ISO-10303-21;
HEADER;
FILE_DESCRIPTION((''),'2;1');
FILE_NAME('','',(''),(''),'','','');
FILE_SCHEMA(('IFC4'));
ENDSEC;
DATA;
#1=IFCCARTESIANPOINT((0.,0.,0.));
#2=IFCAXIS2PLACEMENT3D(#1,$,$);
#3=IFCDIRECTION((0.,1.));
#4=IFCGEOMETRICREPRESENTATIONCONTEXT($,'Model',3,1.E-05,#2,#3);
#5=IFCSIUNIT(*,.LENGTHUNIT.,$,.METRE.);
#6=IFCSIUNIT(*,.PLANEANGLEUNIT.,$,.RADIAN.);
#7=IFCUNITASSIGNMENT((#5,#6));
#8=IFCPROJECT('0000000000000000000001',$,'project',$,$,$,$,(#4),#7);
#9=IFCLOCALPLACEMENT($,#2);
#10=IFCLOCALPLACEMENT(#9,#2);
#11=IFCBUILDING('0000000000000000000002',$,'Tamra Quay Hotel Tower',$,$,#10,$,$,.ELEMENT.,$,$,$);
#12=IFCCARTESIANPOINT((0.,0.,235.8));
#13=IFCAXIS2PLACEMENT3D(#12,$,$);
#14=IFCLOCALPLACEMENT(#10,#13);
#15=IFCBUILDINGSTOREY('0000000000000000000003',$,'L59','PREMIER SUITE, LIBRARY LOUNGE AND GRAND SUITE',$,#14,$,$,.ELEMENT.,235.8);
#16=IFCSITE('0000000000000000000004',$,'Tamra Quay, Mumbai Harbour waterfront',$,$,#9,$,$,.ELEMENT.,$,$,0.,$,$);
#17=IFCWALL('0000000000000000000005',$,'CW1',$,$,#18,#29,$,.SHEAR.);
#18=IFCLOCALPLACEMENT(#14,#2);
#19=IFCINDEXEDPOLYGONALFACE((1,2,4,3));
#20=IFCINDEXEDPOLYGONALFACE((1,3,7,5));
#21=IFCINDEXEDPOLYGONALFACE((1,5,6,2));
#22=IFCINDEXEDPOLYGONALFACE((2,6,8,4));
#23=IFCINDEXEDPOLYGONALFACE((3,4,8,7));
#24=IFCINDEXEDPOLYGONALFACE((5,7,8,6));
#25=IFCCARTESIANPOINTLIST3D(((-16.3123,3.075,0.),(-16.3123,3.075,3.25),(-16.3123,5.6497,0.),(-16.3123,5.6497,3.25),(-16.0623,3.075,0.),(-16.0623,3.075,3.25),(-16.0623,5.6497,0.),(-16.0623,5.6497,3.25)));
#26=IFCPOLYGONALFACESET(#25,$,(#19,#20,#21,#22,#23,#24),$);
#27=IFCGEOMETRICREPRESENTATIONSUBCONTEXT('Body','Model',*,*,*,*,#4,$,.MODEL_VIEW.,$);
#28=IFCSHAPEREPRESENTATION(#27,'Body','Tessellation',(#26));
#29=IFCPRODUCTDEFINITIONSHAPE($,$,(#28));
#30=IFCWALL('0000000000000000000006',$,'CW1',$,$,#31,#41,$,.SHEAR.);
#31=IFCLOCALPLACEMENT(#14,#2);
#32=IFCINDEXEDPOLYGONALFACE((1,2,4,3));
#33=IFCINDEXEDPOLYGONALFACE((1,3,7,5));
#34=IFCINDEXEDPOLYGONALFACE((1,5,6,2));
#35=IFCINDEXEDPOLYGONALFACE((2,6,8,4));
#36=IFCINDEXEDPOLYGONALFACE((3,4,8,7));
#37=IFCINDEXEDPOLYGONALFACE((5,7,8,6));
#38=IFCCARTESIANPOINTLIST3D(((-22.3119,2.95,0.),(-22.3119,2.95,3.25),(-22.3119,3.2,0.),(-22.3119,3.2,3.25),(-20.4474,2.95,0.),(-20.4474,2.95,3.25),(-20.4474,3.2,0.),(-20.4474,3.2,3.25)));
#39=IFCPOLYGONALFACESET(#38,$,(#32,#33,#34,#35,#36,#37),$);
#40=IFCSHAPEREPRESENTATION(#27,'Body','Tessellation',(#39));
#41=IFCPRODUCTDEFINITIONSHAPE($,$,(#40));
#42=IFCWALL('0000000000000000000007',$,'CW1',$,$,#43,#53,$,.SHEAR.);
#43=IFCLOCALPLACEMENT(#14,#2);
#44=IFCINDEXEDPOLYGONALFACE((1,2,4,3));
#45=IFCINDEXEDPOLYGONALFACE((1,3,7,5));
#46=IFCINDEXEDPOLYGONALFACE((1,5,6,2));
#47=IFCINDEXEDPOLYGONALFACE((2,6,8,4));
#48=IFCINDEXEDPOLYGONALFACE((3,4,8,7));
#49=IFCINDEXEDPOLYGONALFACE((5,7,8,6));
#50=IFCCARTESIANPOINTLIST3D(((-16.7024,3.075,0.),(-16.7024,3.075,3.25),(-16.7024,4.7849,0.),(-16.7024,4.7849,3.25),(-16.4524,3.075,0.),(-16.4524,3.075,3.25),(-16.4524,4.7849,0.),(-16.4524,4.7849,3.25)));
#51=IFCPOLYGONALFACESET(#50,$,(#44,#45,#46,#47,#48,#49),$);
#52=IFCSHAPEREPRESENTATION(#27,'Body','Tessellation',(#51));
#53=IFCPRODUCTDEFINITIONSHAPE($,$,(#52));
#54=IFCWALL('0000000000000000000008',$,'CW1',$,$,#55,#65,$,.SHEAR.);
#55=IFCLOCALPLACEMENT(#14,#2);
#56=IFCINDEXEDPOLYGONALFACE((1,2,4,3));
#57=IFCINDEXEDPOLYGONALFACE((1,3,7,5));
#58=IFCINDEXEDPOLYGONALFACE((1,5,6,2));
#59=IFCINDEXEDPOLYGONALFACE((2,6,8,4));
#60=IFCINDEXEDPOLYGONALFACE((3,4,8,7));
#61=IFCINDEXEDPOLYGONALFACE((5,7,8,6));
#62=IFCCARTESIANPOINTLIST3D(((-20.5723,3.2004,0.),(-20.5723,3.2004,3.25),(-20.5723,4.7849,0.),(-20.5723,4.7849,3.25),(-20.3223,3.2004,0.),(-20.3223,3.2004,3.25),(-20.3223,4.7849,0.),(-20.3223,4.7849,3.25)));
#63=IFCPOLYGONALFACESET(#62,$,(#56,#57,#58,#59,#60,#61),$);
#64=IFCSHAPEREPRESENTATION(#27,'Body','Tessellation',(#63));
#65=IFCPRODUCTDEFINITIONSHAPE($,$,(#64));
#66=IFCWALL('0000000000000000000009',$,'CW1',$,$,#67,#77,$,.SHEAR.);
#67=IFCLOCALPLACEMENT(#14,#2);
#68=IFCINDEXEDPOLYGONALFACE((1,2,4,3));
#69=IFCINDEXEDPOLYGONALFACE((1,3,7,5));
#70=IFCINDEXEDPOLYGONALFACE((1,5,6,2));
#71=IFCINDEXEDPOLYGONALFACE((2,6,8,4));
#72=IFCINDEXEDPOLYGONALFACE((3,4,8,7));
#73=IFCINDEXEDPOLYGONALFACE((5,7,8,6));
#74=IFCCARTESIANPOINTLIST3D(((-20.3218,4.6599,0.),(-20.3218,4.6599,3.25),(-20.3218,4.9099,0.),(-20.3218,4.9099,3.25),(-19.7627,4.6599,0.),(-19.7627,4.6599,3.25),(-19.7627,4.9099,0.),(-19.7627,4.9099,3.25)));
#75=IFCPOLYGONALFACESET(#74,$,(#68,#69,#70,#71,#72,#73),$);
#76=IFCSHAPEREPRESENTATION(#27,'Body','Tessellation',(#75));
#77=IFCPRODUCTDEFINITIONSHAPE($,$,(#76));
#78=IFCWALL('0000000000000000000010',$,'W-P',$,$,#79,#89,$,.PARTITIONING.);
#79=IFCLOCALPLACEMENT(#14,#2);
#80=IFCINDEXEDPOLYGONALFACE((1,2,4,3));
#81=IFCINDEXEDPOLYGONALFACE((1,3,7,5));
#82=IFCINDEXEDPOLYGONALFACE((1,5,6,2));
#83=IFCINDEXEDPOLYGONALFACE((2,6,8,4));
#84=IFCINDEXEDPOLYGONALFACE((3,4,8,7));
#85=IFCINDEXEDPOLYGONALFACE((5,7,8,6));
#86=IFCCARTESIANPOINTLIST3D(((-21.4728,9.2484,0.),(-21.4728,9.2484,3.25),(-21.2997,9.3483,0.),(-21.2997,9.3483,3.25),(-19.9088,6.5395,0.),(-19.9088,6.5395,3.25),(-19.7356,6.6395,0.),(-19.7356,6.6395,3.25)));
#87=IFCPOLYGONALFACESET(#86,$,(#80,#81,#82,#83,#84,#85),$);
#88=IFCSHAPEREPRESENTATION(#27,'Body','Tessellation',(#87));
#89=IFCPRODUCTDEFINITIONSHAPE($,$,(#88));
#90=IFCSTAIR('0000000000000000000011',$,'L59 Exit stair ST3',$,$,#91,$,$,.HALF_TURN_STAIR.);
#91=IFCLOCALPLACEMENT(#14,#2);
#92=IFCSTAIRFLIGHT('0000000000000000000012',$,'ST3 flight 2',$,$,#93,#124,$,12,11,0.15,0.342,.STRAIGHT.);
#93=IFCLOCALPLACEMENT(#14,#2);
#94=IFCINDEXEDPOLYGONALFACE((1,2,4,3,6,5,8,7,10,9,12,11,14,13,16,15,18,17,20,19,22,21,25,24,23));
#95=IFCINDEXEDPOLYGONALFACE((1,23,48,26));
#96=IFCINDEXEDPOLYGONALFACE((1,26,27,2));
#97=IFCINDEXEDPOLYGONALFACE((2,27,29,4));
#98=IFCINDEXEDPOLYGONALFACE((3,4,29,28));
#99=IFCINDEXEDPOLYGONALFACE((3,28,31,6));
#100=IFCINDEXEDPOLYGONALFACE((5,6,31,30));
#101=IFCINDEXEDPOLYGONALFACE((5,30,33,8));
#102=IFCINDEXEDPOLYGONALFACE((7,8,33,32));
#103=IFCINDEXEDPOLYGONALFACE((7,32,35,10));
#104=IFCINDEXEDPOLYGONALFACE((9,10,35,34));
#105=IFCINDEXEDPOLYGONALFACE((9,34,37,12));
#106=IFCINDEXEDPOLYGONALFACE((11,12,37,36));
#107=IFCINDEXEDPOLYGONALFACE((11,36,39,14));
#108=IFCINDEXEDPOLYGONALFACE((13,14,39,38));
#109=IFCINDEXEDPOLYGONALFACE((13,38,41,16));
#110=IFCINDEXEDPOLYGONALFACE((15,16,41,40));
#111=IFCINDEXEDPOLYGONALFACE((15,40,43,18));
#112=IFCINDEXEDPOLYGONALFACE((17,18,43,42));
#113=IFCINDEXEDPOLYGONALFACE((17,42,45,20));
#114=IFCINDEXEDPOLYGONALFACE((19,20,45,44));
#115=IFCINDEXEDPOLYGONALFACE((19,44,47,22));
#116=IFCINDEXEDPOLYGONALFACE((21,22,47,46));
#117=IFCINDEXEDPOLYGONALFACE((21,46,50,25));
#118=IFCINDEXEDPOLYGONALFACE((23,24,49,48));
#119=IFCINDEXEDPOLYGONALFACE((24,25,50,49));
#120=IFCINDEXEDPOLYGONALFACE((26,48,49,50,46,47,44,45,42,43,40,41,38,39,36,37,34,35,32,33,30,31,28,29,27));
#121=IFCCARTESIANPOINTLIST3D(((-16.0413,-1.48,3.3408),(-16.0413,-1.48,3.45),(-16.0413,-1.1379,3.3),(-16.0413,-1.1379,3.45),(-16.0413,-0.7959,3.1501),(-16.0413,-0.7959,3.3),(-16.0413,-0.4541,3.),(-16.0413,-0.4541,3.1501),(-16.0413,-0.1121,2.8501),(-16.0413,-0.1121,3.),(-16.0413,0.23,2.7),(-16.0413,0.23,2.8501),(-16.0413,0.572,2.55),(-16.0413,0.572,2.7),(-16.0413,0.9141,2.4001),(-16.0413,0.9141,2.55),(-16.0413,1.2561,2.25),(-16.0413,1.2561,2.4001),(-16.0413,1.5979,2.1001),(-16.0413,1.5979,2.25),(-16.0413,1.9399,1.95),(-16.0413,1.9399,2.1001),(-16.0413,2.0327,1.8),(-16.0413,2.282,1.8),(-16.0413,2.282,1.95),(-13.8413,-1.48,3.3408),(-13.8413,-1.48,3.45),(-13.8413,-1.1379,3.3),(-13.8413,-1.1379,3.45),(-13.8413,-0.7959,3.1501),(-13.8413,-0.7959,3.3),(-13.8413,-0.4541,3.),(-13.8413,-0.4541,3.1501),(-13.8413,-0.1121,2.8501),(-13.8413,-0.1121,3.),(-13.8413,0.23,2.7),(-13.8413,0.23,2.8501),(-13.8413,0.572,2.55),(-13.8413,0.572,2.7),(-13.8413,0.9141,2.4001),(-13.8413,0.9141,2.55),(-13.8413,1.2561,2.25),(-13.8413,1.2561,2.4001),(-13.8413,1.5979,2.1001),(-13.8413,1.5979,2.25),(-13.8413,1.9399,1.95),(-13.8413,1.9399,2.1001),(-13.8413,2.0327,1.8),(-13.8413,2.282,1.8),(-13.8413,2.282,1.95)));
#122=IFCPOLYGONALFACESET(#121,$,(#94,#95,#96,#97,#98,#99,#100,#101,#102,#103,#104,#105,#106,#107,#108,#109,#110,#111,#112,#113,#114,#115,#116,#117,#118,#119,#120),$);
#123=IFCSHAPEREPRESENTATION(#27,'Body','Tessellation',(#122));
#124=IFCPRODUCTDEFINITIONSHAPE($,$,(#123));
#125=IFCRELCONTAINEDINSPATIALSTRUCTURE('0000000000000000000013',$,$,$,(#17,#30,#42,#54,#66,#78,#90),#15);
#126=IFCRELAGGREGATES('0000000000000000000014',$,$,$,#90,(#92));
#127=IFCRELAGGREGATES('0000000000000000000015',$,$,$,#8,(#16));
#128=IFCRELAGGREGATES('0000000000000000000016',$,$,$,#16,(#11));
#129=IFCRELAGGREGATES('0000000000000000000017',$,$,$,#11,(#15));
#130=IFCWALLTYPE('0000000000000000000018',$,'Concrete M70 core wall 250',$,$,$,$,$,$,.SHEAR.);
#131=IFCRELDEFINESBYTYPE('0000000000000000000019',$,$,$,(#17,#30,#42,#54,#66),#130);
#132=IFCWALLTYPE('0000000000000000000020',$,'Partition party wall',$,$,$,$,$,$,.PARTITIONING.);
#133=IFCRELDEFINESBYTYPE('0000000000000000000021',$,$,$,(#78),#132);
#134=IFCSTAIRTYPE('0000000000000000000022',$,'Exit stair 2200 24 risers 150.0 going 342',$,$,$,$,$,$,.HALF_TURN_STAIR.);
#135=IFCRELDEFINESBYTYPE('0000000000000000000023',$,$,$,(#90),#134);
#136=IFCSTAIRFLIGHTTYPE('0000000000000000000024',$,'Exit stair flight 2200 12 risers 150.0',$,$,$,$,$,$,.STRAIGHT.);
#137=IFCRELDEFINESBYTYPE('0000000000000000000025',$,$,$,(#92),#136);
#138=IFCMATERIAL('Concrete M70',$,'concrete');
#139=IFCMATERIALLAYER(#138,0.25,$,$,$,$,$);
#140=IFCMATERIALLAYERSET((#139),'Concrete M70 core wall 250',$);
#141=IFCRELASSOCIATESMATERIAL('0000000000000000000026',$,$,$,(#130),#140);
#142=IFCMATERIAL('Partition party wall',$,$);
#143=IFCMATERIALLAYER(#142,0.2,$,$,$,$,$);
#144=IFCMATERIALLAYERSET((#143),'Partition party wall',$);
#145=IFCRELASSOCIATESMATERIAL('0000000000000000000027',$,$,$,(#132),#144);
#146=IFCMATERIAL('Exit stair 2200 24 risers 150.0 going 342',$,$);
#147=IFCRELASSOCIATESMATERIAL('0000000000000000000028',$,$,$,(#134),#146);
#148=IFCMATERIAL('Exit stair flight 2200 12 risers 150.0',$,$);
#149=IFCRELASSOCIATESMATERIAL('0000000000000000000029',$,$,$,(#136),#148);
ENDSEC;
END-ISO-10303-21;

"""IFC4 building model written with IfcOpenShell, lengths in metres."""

from ifc_helpers import new_model, si_unit, direction, frame, frame_2d, origin, place, context, subcontext, project, spatial, polyline, rectangle, outline, extrude, material, layer, layer_set, type_object, element, aggregate, save


model = new_model("IFC4")

# Units and contexts
model_context = context("Model", 3, precision=1e-05, world=origin(), true_north=direction((0.0, 1.0)))
body_context = subcontext(model_context, "Body", "Model", "MODEL_VIEW")
ifc_project = project(units=[si_unit("LENGTHUNIT", "METRE"), si_unit("PLANEANGLEUNIT", "RADIAN")], contexts=[model_context])

# Site, building, storey
site_placement = place(None, origin())
site = spatial("IfcSite", under=ifc_project, at=site_placement, Name="Tamra Quay, Mumbai Harbour waterfront", CompositionType="ELEMENT", RefElevation=0.0)
building_placement = place(site_placement, origin())
building = spatial("IfcBuilding", under=site, at=building_placement, Name="Tamra Quay Hotel Tower", CompositionType="ELEMENT")
storey_placement = place(building_placement, frame((0.0, 0.0, 235.8)))
storey = spatial("IfcBuildingStorey", under=building, at=storey_placement, Name="L59", Description="PREMIER SUITE, LIBRARY LOUNGE AND GRAND SUITE", CompositionType="ELEMENT", Elevation=235.8)

# Shared definitions
ifc_material_1 = material(Name="Concrete M70", Category="concrete")

# Walls
ifc_layer_1 = layer(ifc_material_1, 0.25)
ifc_layer_set_1 = layer_set([ifc_layer_1], Name="Concrete M70 core wall 250")
wall_type_1 = type_object("IfcWallType", Name="Concrete M70 core wall 250", PredefinedType="SHEAR", material=ifc_layer_set_1)
wall_1_placement = place(storey_placement, frame((-16.1873, 3.075, 0.0), z_axis=(0.0, 0.0, 1.0), x_axis=(0.0, 1.0, 0.0)))
element("IfcWall", 1, at=wall_1_placement, inside=storey, type_object=wall_type_1, Name="CW1", PredefinedType="SHEAR", context=body_context, shape_type="SweptSolid", body=[
    extrude(rectangle(XDim=2.5747, YDim=0.25, at=frame_2d((1.2874, 0.0))), origin(), (0.0, 0.0, 1.0), 3.25),
])
wall_2_placement = place(storey_placement, frame((-22.3118, 3.075, 0.0), z_axis=(0.0, 0.0, 1.0), x_axis=(1.0, 0.0, 0.0)))
element("IfcWall", 2, at=wall_2_placement, inside=storey, type_object=wall_type_1, Name="CW1", PredefinedType="SHEAR", context=body_context, shape_type="SweptSolid", body=[
    extrude(rectangle(XDim=1.8645, YDim=0.25, at=frame_2d((0.9321, 0.0))), origin(), (0.0, 0.0, 1.0), 3.25),
])
wall_3_placement = place(storey_placement, frame((-16.5774, 4.7849, 0.0), z_axis=(0.0, 0.0, 1.0), x_axis=(0.0, -1.0, 0.0)))
element("IfcWall", 3, at=wall_3_placement, inside=storey, type_object=wall_type_1, Name="CW1", PredefinedType="SHEAR", context=body_context, shape_type="SweptSolid", body=[
    extrude(rectangle(XDim=1.71, YDim=0.25, at=frame_2d((0.855, 0.0))), origin(), (0.0, 0.0, 1.0), 3.25),
])
wall_4_placement = place(storey_placement, frame((-20.4473, 3.2004, 0.0), z_axis=(0.0, 0.0, 1.0), x_axis=(0.0, 1.0, 0.0)))
element("IfcWall", 4, at=wall_4_placement, inside=storey, type_object=wall_type_1, Name="CW1", PredefinedType="SHEAR", context=body_context, shape_type="SweptSolid", body=[
    extrude(rectangle(XDim=1.5845, YDim=0.25, at=frame_2d((0.7922, 0.0))), origin(), (0.0, 0.0, 1.0), 3.25),
])
wall_5_placement = place(storey_placement, frame((-20.3218, 4.7849, 0.0), z_axis=(0.0, 0.0, 1.0), x_axis=(1.0, 0.0, 0.0)))
element("IfcWall", 5, at=wall_5_placement, inside=storey, type_object=wall_type_1, Name="CW1", PredefinedType="SHEAR", context=body_context, shape_type="SweptSolid", body=[
    extrude(rectangle(XDim=0.5591, YDim=0.25, at=frame_2d((0.2795, 0.0))), origin(), (0.0, 0.0, 1.0), 3.25),
])
ifc_material_2 = material(Name="Partition party wall")
ifc_layer_2 = layer(ifc_material_2, 0.2)
ifc_layer_set_2 = layer_set([ifc_layer_2], Name="Partition party wall")
wall_type_2 = type_object("IfcWallType", Name="Partition party wall", PredefinedType="PARTITIONING", material=ifc_layer_set_2)
wall_6_placement = place(storey_placement, frame((-21.3862, 9.2983, 0.0), z_axis=(0.0, 0.0, 1.0), x_axis=(0.500017, -0.866015, 0.0)))
element("IfcWall", 6, at=wall_6_placement, inside=storey, type_object=wall_type_2, Name="W-P", PredefinedType="PARTITIONING", context=body_context, shape_type="SweptSolid", body=[
    extrude(rectangle(XDim=3.1279, YDim=0.2, at=frame_2d((1.564, 0.0))), origin(), (0.0, 0.0, 1.0), 3.25),
])

# Stair, stair flight
ifc_material_3 = material(Name="Exit stair 2200 24 risers 150.0 going 342")
stair_type = type_object("IfcStairType", Name="Exit stair 2200 24 risers 150.0 going 342", PredefinedType="HALF_TURN_STAIR", material=ifc_material_3)
stair_placement = place(storey_placement, origin())
stair = element("IfcStair", 7, at=stair_placement, inside=storey, type_object=stair_type, Name="L59 Exit stair ST3", PredefinedType="HALF_TURN_STAIR")
ifc_material_4 = material(Name="Exit stair flight 2200 12 risers 150.0")
stair_flight_type = type_object("IfcStairFlightType", Name="Exit stair flight 2200 12 risers 150.0", PredefinedType="STRAIGHT", material=ifc_material_4)
stair_flight_placement = place(storey_placement, frame((-14.9414, 2.282, 1.8), z_axis=(0.0, 0.0, 1.0), x_axis=(0.0, -1.0, 0.0)))
stair_flight = element("IfcStairFlight", 8, at=stair_flight_placement, type_object=stair_flight_type, Name="ST3 flight 2", NumberOfRisers=12, NumberOfTreads=11, PredefinedType="STRAIGHT", RiserHeight=0.15, TreadLength=0.342, context=body_context, shape_type="SweptSolid", body=[
    extrude(outline(polyline([(0.0, 0.0), (0.0, 0.1499), (0.342, 0.1499), (0.342, 0.3), (0.6841, 0.3), (0.6841, 0.45), (1.0259, 0.45), (1.0259, 0.6001), (1.3679, 0.6001), (1.3679, 0.75), (1.71, 0.75), (1.71, 0.8999), (2.052, 0.8999), (2.052, 1.05), (2.394, 1.05), (2.394, 1.2), (2.7361, 1.2), (2.7361, 1.3501), (3.0779, 1.3501), (3.0779, 1.5), (3.4199, 1.5), (3.4199, 1.6499), (3.762, 1.6499), (3.762, 1.8), (3.762, 1.5408), (0.2493, 0.0), (0.0, 0.0)])), frame((0.0, 1.1001, 0.0), z_axis=(0.0, -1.0, 0.0), x_axis=(1.0, 0.0, 0.0)), (0.0, 0.0, 1.0), 2.2),
])
aggregate(stair, [stair_flight])

save(model, "model.ifc")
